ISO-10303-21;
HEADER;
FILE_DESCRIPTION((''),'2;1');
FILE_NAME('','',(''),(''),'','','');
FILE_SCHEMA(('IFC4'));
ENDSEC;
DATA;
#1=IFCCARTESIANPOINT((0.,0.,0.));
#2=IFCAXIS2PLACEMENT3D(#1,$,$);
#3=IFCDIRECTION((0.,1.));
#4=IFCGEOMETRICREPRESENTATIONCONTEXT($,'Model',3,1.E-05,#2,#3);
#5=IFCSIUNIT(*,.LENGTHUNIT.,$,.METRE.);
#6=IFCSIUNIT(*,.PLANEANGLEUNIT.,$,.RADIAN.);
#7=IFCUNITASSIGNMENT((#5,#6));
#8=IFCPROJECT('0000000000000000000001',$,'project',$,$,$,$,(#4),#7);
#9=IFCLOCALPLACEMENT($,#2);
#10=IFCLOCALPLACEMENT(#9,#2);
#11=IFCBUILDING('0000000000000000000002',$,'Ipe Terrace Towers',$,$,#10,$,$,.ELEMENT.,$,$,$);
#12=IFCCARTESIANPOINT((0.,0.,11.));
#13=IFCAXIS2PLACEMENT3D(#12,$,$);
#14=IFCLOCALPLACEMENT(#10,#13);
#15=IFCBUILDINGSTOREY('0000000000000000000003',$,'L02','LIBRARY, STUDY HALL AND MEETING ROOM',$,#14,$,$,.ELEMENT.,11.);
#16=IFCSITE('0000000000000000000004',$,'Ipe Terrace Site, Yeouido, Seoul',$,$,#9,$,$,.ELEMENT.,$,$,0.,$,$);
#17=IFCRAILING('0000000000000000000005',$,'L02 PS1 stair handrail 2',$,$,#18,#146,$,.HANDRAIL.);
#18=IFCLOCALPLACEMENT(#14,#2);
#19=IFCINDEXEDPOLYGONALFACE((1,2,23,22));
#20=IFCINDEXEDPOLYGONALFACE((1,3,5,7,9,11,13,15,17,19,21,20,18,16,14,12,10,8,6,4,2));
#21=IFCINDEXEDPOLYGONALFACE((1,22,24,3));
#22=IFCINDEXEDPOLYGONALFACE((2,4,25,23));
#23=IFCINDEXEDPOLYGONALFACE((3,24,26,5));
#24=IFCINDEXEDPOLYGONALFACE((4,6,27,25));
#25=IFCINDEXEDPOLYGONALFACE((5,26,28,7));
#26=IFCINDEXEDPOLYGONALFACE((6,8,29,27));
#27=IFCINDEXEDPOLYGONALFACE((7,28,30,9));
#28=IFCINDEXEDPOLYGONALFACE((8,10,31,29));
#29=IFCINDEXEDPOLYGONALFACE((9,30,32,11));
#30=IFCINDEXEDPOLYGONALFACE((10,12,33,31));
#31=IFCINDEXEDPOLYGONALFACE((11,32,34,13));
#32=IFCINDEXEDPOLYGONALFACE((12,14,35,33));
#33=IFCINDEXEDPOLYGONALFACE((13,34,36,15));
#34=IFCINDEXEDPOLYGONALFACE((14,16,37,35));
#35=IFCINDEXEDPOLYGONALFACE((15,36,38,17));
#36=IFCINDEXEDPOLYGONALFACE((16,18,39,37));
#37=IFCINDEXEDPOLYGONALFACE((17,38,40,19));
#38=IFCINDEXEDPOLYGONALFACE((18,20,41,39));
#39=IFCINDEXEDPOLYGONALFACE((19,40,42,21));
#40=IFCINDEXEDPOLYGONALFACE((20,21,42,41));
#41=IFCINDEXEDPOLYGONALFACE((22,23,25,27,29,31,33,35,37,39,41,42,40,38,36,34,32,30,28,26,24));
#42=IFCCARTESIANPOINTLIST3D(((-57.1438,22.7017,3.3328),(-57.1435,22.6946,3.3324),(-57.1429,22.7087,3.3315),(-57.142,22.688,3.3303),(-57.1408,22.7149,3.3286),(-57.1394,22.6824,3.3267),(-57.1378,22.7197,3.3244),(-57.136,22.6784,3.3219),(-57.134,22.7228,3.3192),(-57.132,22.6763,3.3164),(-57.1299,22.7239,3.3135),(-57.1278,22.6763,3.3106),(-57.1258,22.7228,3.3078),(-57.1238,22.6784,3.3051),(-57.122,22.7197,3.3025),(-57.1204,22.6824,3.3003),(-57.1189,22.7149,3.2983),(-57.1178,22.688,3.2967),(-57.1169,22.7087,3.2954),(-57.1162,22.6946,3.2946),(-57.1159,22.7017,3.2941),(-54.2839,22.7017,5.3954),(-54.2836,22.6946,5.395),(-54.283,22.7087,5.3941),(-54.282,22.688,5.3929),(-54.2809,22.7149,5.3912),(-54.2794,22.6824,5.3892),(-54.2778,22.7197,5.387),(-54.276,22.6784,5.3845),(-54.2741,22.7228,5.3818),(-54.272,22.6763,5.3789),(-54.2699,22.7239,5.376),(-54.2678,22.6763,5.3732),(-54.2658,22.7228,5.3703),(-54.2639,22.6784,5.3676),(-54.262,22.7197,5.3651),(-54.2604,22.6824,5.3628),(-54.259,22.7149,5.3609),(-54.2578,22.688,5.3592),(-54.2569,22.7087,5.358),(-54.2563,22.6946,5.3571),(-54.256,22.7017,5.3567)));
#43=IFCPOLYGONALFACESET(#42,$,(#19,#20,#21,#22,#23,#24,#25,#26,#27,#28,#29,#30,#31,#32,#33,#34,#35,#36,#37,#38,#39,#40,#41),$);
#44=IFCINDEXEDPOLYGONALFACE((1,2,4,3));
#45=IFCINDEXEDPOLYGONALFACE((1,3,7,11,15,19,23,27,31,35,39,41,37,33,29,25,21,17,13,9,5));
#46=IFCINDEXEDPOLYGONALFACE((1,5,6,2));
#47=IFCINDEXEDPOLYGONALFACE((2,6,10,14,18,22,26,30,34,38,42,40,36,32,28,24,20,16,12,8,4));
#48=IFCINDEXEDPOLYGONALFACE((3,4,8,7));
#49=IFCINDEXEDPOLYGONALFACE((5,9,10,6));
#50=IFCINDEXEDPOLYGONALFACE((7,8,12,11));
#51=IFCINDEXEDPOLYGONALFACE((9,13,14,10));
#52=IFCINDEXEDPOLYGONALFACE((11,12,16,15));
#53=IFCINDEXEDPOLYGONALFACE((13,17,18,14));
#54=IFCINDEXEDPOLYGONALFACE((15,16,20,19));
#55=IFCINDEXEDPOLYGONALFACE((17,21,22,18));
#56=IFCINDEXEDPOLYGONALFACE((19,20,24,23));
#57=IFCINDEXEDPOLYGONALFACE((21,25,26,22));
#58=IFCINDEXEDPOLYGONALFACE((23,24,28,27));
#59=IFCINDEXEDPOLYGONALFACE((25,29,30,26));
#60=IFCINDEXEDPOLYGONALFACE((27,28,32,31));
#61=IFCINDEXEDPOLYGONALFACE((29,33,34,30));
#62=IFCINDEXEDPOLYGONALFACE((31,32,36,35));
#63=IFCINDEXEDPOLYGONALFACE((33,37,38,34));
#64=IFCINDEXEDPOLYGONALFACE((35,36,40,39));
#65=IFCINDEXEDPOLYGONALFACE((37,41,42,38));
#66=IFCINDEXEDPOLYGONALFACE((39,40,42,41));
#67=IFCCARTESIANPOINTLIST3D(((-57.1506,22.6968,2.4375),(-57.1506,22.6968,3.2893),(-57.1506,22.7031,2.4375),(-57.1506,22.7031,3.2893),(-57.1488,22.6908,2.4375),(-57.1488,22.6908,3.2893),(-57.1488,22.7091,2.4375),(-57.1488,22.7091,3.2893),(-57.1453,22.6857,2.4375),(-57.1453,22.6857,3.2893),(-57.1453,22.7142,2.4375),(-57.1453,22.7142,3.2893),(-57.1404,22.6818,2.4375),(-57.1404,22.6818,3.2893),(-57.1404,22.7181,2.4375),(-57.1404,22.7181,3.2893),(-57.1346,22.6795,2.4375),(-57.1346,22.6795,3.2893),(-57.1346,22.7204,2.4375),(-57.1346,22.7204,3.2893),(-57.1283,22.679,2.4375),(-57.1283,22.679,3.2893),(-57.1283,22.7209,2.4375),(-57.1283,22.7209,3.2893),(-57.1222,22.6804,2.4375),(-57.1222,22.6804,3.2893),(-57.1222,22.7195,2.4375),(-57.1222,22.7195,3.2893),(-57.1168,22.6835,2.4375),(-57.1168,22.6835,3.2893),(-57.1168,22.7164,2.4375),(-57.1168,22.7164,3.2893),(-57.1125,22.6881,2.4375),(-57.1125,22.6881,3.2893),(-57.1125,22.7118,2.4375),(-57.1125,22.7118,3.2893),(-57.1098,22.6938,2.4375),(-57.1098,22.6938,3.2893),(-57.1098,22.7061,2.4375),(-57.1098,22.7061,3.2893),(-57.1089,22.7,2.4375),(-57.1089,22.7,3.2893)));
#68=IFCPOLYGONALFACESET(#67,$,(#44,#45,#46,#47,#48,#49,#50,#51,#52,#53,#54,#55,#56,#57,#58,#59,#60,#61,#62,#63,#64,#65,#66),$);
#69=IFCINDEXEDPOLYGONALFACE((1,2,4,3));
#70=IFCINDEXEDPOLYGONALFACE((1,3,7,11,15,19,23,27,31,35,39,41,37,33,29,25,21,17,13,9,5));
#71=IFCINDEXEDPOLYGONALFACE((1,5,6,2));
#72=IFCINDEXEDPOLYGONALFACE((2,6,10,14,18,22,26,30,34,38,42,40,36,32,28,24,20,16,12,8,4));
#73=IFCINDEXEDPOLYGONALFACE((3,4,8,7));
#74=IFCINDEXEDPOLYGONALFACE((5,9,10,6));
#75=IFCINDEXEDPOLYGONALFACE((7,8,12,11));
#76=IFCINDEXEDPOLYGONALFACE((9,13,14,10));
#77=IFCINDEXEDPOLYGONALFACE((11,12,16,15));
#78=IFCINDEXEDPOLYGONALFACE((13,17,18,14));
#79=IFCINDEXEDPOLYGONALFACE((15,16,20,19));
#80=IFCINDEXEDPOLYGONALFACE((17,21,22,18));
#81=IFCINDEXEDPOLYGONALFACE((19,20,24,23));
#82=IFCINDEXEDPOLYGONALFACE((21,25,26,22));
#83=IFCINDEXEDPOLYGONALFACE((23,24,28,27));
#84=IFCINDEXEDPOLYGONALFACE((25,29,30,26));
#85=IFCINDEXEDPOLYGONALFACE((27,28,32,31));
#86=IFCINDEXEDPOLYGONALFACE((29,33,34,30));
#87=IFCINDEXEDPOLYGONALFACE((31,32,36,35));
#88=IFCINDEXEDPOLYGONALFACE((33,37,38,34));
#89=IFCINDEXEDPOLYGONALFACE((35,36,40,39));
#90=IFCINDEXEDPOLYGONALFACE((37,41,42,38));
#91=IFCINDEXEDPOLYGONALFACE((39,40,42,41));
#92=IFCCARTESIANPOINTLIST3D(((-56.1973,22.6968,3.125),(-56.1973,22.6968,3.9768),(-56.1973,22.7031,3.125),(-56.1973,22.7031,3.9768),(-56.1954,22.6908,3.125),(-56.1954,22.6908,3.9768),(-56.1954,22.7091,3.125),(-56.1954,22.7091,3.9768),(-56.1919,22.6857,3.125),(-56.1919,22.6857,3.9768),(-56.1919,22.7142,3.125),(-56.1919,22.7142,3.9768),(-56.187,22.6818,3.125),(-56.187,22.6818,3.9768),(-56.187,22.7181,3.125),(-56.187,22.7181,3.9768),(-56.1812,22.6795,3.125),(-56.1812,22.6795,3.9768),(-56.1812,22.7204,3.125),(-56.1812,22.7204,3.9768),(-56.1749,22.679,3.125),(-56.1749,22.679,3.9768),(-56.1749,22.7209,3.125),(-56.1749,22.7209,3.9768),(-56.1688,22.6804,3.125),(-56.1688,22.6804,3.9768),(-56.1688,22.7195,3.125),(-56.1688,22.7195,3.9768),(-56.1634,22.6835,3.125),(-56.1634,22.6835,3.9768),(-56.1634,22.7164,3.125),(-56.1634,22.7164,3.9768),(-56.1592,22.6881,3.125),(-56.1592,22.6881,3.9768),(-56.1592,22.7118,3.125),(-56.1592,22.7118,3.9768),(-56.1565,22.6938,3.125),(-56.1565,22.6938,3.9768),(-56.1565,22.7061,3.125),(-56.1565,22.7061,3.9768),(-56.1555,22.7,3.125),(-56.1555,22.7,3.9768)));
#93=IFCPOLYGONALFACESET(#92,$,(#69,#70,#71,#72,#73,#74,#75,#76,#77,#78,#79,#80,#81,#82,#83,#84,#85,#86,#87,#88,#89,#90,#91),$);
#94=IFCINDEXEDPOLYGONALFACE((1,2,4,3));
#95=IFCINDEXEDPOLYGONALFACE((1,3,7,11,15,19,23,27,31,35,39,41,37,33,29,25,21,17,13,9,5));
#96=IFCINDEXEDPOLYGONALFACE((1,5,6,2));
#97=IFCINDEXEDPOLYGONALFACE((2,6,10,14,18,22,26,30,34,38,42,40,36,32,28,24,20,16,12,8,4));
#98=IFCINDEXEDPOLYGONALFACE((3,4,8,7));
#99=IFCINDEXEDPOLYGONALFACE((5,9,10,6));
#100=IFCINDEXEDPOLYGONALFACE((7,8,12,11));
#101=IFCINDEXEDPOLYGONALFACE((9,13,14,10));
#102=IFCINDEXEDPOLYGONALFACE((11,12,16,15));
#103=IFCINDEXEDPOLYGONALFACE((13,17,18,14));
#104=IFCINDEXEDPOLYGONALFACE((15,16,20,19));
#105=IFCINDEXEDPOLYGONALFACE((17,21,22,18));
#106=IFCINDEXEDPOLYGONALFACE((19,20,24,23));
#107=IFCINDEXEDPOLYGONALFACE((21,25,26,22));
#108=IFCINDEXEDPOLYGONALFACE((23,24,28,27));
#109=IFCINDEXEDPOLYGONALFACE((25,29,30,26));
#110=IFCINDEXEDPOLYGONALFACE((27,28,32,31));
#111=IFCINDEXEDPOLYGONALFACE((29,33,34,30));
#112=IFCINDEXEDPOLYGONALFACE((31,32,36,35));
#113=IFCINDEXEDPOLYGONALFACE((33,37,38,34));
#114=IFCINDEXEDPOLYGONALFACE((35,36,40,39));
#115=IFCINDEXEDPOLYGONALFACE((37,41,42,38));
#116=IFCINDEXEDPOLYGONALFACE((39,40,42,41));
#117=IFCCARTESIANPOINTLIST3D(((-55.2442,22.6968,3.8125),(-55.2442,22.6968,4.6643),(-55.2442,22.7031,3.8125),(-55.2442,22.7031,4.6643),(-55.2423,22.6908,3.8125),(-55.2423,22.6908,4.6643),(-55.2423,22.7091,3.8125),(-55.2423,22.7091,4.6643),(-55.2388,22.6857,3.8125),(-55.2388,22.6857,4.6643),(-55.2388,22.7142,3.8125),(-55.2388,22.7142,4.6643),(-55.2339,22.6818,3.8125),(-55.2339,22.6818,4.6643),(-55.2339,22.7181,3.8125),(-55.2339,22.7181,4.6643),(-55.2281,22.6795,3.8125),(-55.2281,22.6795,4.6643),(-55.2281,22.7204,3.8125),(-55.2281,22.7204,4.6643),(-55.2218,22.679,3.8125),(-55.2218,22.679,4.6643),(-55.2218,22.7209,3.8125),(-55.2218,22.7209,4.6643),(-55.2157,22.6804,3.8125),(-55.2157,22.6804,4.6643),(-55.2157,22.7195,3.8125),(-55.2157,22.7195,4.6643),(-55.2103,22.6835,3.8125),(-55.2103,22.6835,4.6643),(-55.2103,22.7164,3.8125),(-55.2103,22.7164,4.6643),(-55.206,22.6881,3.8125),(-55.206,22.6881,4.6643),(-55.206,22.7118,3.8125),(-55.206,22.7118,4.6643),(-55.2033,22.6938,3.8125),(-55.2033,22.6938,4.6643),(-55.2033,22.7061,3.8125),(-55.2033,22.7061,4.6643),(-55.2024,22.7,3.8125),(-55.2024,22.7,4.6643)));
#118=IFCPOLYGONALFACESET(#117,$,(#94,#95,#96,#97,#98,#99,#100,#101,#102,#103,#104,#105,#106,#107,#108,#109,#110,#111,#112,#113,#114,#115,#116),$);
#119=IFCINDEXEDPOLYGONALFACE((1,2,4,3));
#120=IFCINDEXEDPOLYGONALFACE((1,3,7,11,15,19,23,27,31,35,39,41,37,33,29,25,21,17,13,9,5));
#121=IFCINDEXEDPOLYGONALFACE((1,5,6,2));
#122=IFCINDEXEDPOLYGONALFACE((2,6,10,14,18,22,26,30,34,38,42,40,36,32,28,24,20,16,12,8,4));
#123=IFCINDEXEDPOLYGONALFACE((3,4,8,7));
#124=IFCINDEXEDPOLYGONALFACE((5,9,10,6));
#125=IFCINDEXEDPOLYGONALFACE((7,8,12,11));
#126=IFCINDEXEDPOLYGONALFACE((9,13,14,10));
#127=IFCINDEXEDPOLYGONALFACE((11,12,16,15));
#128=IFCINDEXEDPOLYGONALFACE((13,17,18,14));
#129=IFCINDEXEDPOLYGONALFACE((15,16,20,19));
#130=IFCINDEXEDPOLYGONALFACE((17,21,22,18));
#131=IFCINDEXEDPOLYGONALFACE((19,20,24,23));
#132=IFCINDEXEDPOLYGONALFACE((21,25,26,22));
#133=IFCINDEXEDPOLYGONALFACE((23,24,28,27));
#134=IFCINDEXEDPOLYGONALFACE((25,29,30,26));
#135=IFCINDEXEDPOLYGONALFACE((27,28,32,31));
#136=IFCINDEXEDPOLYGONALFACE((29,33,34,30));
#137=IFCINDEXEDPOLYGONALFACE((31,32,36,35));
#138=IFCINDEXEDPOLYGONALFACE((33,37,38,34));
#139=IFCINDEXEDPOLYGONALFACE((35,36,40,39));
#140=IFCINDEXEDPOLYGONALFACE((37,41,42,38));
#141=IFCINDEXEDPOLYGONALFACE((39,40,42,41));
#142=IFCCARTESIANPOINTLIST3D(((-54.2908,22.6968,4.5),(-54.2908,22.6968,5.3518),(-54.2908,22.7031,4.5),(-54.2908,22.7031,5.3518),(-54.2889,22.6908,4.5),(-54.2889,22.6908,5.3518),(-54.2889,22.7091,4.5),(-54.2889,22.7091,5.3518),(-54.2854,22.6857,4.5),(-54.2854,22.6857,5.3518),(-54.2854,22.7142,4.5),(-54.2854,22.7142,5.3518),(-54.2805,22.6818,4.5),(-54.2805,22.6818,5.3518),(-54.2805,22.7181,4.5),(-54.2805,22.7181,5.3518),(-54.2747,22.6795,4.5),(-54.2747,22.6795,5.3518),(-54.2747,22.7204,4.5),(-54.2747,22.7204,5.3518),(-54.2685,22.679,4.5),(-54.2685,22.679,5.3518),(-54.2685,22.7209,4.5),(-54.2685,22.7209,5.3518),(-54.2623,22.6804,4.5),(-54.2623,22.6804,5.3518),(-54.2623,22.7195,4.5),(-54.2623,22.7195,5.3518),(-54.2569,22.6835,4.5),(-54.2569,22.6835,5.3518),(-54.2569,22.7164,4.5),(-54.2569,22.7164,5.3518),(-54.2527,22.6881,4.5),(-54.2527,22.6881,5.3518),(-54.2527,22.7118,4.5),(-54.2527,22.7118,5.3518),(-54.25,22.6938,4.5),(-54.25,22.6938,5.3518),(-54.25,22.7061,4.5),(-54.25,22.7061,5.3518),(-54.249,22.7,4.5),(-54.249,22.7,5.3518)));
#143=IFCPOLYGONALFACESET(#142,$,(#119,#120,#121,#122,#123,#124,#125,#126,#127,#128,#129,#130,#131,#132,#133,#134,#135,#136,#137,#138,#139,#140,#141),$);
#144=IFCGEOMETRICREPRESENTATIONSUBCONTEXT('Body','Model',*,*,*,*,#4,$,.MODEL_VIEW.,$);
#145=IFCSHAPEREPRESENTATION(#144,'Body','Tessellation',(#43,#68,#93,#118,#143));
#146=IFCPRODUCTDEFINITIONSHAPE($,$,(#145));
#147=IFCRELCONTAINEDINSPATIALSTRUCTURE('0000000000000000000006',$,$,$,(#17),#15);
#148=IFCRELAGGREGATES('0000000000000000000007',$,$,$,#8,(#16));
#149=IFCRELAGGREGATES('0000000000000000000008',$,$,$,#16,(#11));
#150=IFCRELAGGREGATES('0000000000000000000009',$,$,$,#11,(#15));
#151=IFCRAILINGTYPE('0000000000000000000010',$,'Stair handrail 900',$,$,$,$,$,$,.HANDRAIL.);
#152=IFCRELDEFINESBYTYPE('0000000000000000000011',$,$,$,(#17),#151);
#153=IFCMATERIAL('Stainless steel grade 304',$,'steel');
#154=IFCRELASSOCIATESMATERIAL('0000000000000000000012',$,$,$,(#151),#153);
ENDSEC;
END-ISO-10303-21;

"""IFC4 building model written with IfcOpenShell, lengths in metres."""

from ifc_helpers import new_model, si_unit, direction, frame, origin, origin_2d, place, context, subcontext, project, spatial, circle, extrude, material, type_object, element, save


model = new_model("IFC4")

# Units and contexts
model_context = context("Model", 3, precision=1e-05, world=origin(), true_north=direction((0.0, 1.0)))
body_context = subcontext(model_context, "Body", "Model", "MODEL_VIEW")
ifc_project = project(units=[si_unit("LENGTHUNIT", "METRE"), si_unit("PLANEANGLEUNIT", "RADIAN")], contexts=[model_context])

# Site, building, storey
site_placement = place(None, origin())
site = spatial("IfcSite", under=ifc_project, at=site_placement, Name="Ipe Terrace Site, Yeouido, Seoul", CompositionType="ELEMENT", RefElevation=0.0)
building_placement = place(site_placement, origin())
building = spatial("IfcBuilding", under=site, at=building_placement, Name="Ipe Terrace Towers", CompositionType="ELEMENT")
storey_placement = place(building_placement, frame((0.0, 0.0, 11.0)))
storey = spatial("IfcBuildingStorey", under=building, at=storey_placement, Name="L02", Description="LIBRARY, STUDY HALL AND MEETING ROOM", CompositionType="ELEMENT", Elevation=11.0)

# Railing
ifc_material_1 = material(Name="Stainless steel grade 304", Category="steel")
railing_type_1 = type_object("IfcRailingType", Name="Stair handrail 900", PredefinedType="HANDRAIL", material=ifc_material_1)
railing_1_placement = place(storey_placement, frame((-57.1299, 22.7, 2.4375)))
element("IfcRailing", 1, at=railing_1_placement, inside=storey, type_object=railing_type_1, Name="L02 PS1 stair handrail 2", PredefinedType="HANDRAIL", context=body_context, shape_type="SweptSolid", body=[
    extrude(circle(Radius=0.0239, at=origin_2d()), frame((0.0, 0.0, 0.876), z_axis=(0.811077, 0.0, 0.584939), x_axis=(0.0, 1.0, 0.0)), (0.0, 0.0, 1.0), 3.5261),
    extrude(circle(Radius=0.021, at=origin_2d()), origin(), (0.0, 0.0, 1.0), 0.8518),
    extrude(circle(Radius=0.021, at=origin_2d()), frame((0.9534, 0.0, 0.6875)), (0.0, 0.0, 1.0), 0.8518),
    extrude(circle(Radius=0.021, at=origin_2d()), frame((1.9065, 0.0, 1.375)), (0.0, 0.0, 1.0), 0.8518),
    extrude(circle(Radius=0.021, at=origin_2d()), frame((2.8599, 0.0, 2.0625)), (0.0, 0.0, 1.0), 0.8518),
])

save(model, "model.ifc")
